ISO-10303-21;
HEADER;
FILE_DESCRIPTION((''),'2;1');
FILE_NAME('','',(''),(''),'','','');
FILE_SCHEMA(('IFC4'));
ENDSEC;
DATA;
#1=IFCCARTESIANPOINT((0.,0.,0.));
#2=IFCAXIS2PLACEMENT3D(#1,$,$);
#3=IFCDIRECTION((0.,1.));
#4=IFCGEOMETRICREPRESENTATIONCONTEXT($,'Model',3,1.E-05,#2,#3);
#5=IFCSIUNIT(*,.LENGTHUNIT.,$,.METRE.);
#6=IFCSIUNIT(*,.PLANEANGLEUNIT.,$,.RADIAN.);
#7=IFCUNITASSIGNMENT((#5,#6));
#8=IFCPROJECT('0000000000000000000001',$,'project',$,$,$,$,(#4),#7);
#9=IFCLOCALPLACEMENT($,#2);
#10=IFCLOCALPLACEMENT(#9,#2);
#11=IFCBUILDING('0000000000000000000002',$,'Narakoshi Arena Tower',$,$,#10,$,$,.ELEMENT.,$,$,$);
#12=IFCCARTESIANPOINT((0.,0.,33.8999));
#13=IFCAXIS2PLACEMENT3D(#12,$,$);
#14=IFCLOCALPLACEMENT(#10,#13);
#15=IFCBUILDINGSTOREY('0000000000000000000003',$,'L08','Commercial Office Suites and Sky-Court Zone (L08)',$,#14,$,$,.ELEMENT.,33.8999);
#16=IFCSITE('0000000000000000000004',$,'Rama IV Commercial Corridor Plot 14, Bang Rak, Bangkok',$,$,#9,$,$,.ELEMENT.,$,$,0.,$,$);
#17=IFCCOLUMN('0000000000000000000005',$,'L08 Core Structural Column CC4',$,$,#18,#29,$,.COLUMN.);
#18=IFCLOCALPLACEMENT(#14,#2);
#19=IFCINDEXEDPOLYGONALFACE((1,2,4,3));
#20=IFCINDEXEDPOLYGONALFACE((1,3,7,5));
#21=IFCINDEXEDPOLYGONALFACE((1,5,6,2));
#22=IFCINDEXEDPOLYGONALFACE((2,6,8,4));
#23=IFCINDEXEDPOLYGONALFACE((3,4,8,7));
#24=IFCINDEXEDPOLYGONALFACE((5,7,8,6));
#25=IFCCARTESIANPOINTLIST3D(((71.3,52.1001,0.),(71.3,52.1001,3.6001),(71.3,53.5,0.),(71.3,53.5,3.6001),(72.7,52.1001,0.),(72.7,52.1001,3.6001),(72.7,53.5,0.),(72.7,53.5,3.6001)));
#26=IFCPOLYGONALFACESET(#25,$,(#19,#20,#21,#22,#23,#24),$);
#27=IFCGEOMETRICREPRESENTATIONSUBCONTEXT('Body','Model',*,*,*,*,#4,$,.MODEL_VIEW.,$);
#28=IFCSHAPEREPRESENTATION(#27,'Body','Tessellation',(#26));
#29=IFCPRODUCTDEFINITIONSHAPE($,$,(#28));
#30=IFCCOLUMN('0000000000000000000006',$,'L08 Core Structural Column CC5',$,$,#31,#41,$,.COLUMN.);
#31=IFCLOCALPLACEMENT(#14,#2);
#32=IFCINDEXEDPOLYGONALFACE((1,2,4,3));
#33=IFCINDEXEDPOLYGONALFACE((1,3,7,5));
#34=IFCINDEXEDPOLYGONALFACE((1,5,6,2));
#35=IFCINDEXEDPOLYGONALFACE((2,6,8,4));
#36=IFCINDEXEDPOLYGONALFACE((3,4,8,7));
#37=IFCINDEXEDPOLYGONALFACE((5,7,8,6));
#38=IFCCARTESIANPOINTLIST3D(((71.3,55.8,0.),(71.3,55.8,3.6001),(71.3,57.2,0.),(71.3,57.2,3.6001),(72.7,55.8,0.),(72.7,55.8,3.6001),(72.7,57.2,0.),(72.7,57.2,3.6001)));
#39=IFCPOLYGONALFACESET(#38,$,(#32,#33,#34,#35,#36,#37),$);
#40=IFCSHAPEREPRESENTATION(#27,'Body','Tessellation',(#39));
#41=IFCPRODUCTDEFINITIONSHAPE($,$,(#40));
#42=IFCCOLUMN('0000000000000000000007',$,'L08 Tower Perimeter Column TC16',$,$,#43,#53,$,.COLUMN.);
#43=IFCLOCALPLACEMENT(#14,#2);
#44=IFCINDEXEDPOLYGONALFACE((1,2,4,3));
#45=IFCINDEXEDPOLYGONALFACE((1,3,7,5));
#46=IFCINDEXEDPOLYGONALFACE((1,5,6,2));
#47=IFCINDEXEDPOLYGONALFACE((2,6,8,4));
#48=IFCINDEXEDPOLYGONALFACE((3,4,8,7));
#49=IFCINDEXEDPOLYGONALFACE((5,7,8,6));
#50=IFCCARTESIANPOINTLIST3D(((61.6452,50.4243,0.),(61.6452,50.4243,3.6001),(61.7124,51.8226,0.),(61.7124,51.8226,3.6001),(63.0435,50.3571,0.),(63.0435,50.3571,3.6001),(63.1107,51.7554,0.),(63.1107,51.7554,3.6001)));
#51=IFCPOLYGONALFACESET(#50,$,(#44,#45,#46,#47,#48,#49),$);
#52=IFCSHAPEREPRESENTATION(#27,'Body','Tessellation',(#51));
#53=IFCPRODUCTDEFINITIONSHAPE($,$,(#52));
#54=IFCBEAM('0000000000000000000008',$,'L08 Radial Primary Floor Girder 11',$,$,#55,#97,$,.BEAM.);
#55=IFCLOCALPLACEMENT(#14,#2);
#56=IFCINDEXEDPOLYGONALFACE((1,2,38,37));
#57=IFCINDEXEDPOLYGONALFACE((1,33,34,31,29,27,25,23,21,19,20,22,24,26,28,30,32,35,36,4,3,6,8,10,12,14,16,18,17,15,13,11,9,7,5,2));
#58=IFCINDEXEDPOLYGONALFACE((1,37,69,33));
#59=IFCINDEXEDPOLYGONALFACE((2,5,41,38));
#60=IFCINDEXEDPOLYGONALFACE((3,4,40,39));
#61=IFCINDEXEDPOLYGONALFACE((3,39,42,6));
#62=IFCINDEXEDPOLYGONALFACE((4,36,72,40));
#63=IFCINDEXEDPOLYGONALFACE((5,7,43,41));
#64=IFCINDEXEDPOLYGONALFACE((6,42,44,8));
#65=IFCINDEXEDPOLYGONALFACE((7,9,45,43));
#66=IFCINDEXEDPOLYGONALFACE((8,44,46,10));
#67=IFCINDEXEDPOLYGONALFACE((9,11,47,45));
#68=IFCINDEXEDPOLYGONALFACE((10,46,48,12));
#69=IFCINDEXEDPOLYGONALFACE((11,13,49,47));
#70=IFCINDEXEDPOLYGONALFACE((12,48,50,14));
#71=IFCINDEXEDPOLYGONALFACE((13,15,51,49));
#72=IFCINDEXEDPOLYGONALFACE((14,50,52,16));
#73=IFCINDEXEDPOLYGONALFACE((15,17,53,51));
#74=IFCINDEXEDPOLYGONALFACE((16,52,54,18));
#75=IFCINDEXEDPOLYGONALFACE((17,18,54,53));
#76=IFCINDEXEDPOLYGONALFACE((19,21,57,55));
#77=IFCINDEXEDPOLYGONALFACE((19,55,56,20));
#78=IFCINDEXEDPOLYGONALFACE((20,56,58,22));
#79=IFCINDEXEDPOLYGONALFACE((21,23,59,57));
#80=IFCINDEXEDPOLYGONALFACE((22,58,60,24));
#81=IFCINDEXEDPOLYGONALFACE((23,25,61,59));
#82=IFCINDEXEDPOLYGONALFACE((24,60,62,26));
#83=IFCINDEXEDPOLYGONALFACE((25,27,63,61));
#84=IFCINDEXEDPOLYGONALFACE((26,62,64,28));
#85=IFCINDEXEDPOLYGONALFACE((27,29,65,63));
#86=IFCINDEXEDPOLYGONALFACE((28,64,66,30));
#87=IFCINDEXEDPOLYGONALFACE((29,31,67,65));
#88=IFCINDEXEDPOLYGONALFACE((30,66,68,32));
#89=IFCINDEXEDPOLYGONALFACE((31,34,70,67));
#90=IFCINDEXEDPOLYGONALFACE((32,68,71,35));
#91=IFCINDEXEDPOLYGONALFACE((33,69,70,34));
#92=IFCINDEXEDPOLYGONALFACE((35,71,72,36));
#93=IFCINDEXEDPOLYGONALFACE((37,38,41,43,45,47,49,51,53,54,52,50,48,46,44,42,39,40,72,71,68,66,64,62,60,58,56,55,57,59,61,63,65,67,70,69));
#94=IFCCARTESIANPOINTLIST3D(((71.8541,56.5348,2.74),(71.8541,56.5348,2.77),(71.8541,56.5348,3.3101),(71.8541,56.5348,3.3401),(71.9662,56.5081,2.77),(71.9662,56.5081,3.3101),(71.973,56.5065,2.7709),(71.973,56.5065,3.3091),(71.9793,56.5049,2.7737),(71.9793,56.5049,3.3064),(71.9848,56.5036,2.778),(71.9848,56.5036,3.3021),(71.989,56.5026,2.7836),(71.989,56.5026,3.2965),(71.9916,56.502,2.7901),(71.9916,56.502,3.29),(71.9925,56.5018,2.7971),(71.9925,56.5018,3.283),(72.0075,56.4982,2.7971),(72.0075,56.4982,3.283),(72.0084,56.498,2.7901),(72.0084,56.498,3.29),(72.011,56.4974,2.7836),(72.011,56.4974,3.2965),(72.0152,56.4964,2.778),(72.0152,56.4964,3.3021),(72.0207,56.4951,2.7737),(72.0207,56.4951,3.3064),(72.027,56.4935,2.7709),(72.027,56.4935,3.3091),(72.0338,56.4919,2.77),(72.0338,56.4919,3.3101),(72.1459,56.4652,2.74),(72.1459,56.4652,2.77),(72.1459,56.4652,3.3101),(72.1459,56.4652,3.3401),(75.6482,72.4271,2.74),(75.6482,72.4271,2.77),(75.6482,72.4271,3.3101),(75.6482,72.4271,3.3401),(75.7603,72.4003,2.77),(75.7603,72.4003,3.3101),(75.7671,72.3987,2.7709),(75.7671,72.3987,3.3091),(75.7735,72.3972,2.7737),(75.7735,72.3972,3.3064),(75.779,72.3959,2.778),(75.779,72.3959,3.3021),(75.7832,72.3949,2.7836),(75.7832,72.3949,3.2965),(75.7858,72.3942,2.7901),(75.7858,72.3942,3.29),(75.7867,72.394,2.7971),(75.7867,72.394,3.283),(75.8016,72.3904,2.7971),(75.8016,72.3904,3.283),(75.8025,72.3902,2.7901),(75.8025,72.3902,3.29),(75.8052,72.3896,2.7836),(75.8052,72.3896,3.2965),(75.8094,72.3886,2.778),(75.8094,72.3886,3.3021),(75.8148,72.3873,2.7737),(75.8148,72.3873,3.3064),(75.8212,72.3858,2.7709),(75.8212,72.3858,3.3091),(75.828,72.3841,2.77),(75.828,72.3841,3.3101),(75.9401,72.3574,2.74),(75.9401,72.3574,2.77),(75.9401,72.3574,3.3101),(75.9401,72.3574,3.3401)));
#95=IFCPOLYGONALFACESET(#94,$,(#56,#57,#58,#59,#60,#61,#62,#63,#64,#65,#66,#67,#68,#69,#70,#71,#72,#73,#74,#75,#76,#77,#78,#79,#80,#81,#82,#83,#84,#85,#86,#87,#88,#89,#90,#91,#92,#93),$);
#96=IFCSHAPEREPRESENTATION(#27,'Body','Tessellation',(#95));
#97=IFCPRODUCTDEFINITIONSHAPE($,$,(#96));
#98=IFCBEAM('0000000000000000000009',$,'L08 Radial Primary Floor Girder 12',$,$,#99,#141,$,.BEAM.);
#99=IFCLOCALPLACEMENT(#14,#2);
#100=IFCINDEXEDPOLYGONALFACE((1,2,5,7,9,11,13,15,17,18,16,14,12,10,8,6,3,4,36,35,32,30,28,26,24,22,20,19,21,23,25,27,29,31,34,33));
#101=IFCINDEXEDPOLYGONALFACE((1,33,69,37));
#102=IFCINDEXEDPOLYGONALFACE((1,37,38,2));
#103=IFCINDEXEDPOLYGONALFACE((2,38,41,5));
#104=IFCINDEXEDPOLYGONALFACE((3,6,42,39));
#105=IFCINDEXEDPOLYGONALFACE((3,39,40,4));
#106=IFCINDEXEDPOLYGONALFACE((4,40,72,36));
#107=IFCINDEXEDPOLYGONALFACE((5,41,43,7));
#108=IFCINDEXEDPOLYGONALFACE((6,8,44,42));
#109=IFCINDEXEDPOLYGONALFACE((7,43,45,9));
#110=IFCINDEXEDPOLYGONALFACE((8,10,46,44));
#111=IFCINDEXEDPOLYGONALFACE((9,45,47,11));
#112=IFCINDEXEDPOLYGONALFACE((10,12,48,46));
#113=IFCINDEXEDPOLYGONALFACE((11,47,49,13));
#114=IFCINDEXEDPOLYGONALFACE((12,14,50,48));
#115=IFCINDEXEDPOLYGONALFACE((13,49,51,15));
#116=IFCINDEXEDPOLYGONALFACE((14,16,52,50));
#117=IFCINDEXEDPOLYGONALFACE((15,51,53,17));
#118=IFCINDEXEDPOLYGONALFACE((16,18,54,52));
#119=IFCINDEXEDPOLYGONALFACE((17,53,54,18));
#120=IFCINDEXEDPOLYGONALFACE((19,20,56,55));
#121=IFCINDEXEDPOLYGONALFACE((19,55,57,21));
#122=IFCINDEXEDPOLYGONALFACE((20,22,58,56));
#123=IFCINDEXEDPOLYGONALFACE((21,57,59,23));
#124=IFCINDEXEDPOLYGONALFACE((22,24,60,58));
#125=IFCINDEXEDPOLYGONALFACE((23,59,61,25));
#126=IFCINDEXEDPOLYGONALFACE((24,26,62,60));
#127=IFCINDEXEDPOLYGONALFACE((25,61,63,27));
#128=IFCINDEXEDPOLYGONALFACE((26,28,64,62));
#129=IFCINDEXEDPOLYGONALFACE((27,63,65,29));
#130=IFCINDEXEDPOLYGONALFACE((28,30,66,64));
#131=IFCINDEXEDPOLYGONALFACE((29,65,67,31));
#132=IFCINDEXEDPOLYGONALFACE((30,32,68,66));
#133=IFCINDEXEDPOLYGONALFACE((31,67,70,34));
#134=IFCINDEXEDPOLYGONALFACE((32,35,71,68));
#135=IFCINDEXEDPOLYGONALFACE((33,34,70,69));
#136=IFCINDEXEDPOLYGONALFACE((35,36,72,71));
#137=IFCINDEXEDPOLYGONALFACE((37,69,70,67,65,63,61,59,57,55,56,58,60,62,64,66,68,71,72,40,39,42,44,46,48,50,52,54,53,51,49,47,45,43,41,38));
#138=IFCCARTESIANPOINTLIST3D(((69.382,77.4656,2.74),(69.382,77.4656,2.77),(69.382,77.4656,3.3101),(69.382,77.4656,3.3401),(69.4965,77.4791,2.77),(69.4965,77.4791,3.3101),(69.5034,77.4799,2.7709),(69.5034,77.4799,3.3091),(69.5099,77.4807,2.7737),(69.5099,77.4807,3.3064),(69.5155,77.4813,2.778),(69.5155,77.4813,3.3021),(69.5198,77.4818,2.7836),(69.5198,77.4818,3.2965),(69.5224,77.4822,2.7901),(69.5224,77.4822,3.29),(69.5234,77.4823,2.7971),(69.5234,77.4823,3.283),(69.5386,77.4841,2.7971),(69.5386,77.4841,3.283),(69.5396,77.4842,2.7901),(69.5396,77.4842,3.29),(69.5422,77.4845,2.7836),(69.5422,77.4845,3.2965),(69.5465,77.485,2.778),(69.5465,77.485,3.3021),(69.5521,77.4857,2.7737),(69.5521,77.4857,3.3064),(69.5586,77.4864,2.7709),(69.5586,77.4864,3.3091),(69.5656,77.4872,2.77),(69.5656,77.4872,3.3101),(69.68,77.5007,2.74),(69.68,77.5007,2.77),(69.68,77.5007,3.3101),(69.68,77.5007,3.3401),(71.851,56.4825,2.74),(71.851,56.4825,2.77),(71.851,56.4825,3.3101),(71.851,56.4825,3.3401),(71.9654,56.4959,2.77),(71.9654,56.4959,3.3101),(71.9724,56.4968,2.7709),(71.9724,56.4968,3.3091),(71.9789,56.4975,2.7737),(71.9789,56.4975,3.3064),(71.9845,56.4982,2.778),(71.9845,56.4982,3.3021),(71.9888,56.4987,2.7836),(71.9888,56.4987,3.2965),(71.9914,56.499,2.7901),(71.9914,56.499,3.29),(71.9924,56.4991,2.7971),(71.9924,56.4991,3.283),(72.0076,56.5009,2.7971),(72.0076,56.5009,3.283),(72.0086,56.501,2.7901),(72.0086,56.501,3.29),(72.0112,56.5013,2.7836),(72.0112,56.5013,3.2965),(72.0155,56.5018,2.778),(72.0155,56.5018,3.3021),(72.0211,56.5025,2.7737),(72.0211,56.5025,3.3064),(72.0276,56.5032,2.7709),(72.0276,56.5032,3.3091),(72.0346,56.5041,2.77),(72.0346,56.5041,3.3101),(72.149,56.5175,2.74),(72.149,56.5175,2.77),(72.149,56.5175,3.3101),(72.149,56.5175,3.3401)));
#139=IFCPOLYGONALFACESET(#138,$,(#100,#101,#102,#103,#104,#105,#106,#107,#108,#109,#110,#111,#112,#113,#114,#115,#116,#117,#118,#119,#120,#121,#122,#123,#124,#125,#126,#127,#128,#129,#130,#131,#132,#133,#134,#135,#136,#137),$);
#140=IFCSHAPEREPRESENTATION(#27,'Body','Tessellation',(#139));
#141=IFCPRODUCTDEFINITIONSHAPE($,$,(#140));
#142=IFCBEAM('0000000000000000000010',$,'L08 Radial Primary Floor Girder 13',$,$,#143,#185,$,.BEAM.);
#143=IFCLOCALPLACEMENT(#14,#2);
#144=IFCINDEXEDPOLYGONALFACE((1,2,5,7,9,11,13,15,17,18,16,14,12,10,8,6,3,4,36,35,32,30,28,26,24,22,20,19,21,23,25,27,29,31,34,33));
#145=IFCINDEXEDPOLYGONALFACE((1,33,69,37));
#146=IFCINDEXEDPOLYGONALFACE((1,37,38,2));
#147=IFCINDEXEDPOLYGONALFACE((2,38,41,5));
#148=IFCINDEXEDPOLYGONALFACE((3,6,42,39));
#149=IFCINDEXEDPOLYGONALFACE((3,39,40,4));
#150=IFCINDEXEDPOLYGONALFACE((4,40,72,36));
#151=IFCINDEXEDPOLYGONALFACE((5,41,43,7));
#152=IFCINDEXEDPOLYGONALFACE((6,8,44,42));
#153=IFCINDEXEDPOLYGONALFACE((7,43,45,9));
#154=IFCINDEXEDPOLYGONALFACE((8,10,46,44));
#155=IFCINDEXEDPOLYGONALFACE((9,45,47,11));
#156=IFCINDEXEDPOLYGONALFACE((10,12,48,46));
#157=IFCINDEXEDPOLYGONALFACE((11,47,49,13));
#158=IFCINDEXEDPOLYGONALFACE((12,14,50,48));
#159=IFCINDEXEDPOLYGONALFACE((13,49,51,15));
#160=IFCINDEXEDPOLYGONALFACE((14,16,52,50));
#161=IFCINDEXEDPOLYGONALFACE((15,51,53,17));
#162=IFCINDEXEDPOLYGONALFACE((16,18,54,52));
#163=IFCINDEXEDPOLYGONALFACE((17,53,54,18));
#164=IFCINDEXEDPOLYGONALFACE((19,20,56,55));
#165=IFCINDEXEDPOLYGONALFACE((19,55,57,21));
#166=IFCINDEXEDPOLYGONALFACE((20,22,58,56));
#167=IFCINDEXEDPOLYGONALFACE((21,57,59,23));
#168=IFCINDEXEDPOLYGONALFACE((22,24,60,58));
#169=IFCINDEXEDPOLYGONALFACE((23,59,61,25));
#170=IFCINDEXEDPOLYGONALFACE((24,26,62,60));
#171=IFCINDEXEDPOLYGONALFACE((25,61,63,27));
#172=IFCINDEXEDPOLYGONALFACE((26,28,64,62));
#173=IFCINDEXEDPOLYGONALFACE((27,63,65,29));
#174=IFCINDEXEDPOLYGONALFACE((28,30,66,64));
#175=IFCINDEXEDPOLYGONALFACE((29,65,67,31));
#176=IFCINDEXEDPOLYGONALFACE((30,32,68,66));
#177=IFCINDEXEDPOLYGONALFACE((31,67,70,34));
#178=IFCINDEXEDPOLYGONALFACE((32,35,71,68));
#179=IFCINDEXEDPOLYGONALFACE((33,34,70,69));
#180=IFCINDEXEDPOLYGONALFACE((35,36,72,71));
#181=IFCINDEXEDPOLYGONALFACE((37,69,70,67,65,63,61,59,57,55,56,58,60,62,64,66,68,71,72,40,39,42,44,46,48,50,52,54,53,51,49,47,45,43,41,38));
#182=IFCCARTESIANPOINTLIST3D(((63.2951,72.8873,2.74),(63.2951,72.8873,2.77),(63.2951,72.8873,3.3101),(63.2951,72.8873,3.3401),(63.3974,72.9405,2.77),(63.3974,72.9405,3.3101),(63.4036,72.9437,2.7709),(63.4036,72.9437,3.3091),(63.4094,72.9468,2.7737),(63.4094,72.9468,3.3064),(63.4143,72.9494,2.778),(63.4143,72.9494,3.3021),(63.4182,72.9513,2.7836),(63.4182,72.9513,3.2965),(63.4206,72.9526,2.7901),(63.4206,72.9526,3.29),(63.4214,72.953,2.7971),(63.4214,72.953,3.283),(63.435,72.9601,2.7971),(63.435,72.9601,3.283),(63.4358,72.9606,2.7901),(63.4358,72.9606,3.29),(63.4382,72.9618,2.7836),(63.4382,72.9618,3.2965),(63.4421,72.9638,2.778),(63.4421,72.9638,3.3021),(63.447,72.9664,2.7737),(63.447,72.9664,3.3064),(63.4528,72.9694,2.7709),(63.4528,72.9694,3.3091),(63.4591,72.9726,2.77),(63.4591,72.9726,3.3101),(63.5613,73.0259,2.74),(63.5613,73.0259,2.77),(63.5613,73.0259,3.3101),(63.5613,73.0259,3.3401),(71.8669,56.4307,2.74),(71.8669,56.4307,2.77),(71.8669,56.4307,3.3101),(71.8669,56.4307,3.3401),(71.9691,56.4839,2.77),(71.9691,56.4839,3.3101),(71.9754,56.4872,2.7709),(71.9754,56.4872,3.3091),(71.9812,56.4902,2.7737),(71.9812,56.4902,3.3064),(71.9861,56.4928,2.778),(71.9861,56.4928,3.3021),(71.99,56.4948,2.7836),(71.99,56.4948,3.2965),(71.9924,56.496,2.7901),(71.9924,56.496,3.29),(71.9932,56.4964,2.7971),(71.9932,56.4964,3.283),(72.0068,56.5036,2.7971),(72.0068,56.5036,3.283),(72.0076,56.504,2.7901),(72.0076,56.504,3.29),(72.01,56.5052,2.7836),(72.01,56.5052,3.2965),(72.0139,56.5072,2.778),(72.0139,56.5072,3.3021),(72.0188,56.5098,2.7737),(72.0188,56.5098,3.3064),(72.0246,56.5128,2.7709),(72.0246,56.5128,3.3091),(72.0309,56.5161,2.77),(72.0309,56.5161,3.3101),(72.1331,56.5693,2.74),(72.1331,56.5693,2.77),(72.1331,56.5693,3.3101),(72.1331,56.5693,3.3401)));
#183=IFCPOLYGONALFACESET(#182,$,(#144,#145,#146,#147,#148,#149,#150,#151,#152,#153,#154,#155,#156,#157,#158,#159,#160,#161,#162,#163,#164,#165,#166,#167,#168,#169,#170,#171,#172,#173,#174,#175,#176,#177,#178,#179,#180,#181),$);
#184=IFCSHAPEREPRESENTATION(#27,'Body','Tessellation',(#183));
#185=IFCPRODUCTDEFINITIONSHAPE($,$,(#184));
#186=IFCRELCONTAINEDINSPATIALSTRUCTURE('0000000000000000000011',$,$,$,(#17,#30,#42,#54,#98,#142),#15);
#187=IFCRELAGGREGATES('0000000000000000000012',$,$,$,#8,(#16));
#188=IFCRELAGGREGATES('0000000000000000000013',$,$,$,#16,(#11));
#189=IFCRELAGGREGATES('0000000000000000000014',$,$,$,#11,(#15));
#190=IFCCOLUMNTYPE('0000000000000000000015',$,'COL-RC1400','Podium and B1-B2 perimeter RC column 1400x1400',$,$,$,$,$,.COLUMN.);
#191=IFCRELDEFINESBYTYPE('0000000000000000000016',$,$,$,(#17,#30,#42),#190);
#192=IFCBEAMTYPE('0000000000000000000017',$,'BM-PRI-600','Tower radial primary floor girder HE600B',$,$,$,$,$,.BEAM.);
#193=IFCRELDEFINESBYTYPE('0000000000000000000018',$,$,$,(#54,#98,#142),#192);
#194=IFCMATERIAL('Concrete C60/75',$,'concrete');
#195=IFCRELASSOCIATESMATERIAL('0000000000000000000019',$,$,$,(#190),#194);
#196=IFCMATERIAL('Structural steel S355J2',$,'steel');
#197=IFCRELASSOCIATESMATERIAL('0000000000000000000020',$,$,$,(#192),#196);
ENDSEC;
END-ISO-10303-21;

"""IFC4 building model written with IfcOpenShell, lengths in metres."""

from ifc_helpers import new_model, si_unit, direction, frame, origin, origin_2d, place, context, subcontext, project, spatial, rectangle, i_section, extrude, material, material_profile, profile_set, type_object, element, save


model = new_model("IFC4")

# Units and contexts
model_context = context("Model", 3, precision=1e-05, world=origin(), true_north=direction((0.0, 1.0)))
body_context = subcontext(model_context, "Body", "Model", "MODEL_VIEW")
ifc_project = project(units=[si_unit("LENGTHUNIT", "METRE"), si_unit("PLANEANGLEUNIT", "RADIAN")], contexts=[model_context])

# Site, building, storey
site_placement = place(None, origin())
site = spatial("IfcSite", under=ifc_project, at=site_placement, Name="Rama IV Commercial Corridor Plot 14, Bang Rak, Bangkok", CompositionType="ELEMENT", RefElevation=0.0)
building_placement = place(site_placement, origin())
building = spatial("IfcBuilding", under=site, at=building_placement, Name="Narakoshi Arena Tower", CompositionType="ELEMENT")
storey_placement = place(building_placement, frame((0.0, 0.0, 33.8999)))
storey = spatial("IfcBuildingStorey", under=building, at=storey_placement, Name="L08", Description="Commercial Office Suites and Sky-Court Zone (L08)", CompositionType="ELEMENT", Elevation=33.8999)

# Columns
ifc_material_1 = material(Name="Concrete C60/75", Category="concrete")
ifc_material_profile_1 = material_profile(ifc_material_1, rectangle(XDim=1.3999, YDim=1.3999, at=origin_2d()), Name="RC1400x1400")
ifc_profile_set_1 = profile_set([ifc_material_profile_1], Name="Concrete C60/75")
column_type = type_object("IfcColumnType", Name="COL-RC1400", Description="Podium and B1-B2 perimeter RC column 1400x1400", PredefinedType="COLUMN", material=ifc_profile_set_1)
for number, where, z_axis, x_axis, name in (
    (1, (72.0, 52.8, 0.0), (0.0, 0.0, 1.0), (1.0, 0.0, 0.0), "L08 Core Structural Column CC4"),
    (2, (72.0, 56.5, 0.0), (0.0, 0.0, 1.0), (1.0, 0.0, 0.0), "L08 Core Structural Column CC5"),
    (3, (62.3779, 51.0898, 0.0), (0.0, 0.0, 1.0), (0.047978, 0.998848, 0.0), "L08 Tower Perimeter Column TC16"),
):
    element("IfcColumn", number, at=place(storey_placement, frame(where, z_axis=z_axis, x_axis=x_axis)), inside=storey, type_object=column_type, Name=name, PredefinedType="COLUMN", context=body_context, shape_type="SweptSolid", body=[
        extrude(rectangle(XDim=1.3999, YDim=1.3999, at=origin_2d()), origin(), (0.0, 0.0, 1.0), 3.6001),
    ])

# Beams
ifc_material_2 = material(Name="Structural steel S355J2", Category="steel")
ifc_material_profile_2 = material_profile(ifc_material_2, i_section(OverallWidth=0.3, OverallDepth=0.6001, WebThickness=0.0154, FlangeThickness=0.03, FilletRadius=0.0271, at=origin_2d()), Name="HE600B")
ifc_profile_set_2 = profile_set([ifc_material_profile_2], Name="Structural steel S355J2")
beam_type_1 = type_object("IfcBeamType", Name="BM-PRI-600", Description="Tower radial primary floor girder HE600B", PredefinedType="BEAM", material=ifc_profile_set_2)
beam_1_placement = place(storey_placement, frame((72.0, 56.5, 3.04), z_axis=(0.232217, 0.972664, 0.0), x_axis=(-0.972664, 0.232217, 0.0)))
element("IfcBeam", 4, at=beam_1_placement, inside=storey, type_object=beam_type_1, Name="L08 Radial Primary Floor Girder 11", PredefinedType="BEAM", context=body_context, shape_type="SweptSolid", body=[
    extrude(i_section(OverallWidth=0.3, OverallDepth=0.6001, WebThickness=0.0154, FlangeThickness=0.03, FilletRadius=0.0271, at=origin_2d()), origin(), (0.0, 0.0, 1.0), 16.3389),
])
beam_2_placement = place(storey_placement, frame((72.0, 56.5, 3.04), z_axis=(-0.116859, 0.993148, 0.0), x_axis=(-0.993148, -0.116859, 0.0)))
element("IfcBeam", 5, at=beam_2_placement, inside=storey, type_object=beam_type_1, Name="L08 Radial Primary Floor Girder 12", PredefinedType="BEAM", context=body_context, shape_type="SweptSolid", body=[
    extrude(i_section(OverallWidth=0.3, OverallDepth=0.6001, WebThickness=0.0154, FlangeThickness=0.03, FilletRadius=0.0271, at=origin_2d()), origin(), (0.0, 0.0, 1.0), 21.1279),
])
beam_3_placement = place(storey_placement, frame((72.0, 56.5, 3.04), z_axis=(-0.461962, 0.886899, 0.0), x_axis=(-0.886899, -0.461962, 0.0)))
element("IfcBeam", 6, at=beam_3_placement, inside=storey, type_object=beam_type_1, Name="L08 Radial Primary Floor Girder 13", PredefinedType="BEAM", context=body_context, shape_type="SweptSolid", body=[
    extrude(i_section(OverallWidth=0.3, OverallDepth=0.6001, WebThickness=0.0154, FlangeThickness=0.03, FilletRadius=0.0271, at=origin_2d()), origin(), (0.0, 0.0, 1.0), 18.5552),
])

save(model, "model.ifc")
